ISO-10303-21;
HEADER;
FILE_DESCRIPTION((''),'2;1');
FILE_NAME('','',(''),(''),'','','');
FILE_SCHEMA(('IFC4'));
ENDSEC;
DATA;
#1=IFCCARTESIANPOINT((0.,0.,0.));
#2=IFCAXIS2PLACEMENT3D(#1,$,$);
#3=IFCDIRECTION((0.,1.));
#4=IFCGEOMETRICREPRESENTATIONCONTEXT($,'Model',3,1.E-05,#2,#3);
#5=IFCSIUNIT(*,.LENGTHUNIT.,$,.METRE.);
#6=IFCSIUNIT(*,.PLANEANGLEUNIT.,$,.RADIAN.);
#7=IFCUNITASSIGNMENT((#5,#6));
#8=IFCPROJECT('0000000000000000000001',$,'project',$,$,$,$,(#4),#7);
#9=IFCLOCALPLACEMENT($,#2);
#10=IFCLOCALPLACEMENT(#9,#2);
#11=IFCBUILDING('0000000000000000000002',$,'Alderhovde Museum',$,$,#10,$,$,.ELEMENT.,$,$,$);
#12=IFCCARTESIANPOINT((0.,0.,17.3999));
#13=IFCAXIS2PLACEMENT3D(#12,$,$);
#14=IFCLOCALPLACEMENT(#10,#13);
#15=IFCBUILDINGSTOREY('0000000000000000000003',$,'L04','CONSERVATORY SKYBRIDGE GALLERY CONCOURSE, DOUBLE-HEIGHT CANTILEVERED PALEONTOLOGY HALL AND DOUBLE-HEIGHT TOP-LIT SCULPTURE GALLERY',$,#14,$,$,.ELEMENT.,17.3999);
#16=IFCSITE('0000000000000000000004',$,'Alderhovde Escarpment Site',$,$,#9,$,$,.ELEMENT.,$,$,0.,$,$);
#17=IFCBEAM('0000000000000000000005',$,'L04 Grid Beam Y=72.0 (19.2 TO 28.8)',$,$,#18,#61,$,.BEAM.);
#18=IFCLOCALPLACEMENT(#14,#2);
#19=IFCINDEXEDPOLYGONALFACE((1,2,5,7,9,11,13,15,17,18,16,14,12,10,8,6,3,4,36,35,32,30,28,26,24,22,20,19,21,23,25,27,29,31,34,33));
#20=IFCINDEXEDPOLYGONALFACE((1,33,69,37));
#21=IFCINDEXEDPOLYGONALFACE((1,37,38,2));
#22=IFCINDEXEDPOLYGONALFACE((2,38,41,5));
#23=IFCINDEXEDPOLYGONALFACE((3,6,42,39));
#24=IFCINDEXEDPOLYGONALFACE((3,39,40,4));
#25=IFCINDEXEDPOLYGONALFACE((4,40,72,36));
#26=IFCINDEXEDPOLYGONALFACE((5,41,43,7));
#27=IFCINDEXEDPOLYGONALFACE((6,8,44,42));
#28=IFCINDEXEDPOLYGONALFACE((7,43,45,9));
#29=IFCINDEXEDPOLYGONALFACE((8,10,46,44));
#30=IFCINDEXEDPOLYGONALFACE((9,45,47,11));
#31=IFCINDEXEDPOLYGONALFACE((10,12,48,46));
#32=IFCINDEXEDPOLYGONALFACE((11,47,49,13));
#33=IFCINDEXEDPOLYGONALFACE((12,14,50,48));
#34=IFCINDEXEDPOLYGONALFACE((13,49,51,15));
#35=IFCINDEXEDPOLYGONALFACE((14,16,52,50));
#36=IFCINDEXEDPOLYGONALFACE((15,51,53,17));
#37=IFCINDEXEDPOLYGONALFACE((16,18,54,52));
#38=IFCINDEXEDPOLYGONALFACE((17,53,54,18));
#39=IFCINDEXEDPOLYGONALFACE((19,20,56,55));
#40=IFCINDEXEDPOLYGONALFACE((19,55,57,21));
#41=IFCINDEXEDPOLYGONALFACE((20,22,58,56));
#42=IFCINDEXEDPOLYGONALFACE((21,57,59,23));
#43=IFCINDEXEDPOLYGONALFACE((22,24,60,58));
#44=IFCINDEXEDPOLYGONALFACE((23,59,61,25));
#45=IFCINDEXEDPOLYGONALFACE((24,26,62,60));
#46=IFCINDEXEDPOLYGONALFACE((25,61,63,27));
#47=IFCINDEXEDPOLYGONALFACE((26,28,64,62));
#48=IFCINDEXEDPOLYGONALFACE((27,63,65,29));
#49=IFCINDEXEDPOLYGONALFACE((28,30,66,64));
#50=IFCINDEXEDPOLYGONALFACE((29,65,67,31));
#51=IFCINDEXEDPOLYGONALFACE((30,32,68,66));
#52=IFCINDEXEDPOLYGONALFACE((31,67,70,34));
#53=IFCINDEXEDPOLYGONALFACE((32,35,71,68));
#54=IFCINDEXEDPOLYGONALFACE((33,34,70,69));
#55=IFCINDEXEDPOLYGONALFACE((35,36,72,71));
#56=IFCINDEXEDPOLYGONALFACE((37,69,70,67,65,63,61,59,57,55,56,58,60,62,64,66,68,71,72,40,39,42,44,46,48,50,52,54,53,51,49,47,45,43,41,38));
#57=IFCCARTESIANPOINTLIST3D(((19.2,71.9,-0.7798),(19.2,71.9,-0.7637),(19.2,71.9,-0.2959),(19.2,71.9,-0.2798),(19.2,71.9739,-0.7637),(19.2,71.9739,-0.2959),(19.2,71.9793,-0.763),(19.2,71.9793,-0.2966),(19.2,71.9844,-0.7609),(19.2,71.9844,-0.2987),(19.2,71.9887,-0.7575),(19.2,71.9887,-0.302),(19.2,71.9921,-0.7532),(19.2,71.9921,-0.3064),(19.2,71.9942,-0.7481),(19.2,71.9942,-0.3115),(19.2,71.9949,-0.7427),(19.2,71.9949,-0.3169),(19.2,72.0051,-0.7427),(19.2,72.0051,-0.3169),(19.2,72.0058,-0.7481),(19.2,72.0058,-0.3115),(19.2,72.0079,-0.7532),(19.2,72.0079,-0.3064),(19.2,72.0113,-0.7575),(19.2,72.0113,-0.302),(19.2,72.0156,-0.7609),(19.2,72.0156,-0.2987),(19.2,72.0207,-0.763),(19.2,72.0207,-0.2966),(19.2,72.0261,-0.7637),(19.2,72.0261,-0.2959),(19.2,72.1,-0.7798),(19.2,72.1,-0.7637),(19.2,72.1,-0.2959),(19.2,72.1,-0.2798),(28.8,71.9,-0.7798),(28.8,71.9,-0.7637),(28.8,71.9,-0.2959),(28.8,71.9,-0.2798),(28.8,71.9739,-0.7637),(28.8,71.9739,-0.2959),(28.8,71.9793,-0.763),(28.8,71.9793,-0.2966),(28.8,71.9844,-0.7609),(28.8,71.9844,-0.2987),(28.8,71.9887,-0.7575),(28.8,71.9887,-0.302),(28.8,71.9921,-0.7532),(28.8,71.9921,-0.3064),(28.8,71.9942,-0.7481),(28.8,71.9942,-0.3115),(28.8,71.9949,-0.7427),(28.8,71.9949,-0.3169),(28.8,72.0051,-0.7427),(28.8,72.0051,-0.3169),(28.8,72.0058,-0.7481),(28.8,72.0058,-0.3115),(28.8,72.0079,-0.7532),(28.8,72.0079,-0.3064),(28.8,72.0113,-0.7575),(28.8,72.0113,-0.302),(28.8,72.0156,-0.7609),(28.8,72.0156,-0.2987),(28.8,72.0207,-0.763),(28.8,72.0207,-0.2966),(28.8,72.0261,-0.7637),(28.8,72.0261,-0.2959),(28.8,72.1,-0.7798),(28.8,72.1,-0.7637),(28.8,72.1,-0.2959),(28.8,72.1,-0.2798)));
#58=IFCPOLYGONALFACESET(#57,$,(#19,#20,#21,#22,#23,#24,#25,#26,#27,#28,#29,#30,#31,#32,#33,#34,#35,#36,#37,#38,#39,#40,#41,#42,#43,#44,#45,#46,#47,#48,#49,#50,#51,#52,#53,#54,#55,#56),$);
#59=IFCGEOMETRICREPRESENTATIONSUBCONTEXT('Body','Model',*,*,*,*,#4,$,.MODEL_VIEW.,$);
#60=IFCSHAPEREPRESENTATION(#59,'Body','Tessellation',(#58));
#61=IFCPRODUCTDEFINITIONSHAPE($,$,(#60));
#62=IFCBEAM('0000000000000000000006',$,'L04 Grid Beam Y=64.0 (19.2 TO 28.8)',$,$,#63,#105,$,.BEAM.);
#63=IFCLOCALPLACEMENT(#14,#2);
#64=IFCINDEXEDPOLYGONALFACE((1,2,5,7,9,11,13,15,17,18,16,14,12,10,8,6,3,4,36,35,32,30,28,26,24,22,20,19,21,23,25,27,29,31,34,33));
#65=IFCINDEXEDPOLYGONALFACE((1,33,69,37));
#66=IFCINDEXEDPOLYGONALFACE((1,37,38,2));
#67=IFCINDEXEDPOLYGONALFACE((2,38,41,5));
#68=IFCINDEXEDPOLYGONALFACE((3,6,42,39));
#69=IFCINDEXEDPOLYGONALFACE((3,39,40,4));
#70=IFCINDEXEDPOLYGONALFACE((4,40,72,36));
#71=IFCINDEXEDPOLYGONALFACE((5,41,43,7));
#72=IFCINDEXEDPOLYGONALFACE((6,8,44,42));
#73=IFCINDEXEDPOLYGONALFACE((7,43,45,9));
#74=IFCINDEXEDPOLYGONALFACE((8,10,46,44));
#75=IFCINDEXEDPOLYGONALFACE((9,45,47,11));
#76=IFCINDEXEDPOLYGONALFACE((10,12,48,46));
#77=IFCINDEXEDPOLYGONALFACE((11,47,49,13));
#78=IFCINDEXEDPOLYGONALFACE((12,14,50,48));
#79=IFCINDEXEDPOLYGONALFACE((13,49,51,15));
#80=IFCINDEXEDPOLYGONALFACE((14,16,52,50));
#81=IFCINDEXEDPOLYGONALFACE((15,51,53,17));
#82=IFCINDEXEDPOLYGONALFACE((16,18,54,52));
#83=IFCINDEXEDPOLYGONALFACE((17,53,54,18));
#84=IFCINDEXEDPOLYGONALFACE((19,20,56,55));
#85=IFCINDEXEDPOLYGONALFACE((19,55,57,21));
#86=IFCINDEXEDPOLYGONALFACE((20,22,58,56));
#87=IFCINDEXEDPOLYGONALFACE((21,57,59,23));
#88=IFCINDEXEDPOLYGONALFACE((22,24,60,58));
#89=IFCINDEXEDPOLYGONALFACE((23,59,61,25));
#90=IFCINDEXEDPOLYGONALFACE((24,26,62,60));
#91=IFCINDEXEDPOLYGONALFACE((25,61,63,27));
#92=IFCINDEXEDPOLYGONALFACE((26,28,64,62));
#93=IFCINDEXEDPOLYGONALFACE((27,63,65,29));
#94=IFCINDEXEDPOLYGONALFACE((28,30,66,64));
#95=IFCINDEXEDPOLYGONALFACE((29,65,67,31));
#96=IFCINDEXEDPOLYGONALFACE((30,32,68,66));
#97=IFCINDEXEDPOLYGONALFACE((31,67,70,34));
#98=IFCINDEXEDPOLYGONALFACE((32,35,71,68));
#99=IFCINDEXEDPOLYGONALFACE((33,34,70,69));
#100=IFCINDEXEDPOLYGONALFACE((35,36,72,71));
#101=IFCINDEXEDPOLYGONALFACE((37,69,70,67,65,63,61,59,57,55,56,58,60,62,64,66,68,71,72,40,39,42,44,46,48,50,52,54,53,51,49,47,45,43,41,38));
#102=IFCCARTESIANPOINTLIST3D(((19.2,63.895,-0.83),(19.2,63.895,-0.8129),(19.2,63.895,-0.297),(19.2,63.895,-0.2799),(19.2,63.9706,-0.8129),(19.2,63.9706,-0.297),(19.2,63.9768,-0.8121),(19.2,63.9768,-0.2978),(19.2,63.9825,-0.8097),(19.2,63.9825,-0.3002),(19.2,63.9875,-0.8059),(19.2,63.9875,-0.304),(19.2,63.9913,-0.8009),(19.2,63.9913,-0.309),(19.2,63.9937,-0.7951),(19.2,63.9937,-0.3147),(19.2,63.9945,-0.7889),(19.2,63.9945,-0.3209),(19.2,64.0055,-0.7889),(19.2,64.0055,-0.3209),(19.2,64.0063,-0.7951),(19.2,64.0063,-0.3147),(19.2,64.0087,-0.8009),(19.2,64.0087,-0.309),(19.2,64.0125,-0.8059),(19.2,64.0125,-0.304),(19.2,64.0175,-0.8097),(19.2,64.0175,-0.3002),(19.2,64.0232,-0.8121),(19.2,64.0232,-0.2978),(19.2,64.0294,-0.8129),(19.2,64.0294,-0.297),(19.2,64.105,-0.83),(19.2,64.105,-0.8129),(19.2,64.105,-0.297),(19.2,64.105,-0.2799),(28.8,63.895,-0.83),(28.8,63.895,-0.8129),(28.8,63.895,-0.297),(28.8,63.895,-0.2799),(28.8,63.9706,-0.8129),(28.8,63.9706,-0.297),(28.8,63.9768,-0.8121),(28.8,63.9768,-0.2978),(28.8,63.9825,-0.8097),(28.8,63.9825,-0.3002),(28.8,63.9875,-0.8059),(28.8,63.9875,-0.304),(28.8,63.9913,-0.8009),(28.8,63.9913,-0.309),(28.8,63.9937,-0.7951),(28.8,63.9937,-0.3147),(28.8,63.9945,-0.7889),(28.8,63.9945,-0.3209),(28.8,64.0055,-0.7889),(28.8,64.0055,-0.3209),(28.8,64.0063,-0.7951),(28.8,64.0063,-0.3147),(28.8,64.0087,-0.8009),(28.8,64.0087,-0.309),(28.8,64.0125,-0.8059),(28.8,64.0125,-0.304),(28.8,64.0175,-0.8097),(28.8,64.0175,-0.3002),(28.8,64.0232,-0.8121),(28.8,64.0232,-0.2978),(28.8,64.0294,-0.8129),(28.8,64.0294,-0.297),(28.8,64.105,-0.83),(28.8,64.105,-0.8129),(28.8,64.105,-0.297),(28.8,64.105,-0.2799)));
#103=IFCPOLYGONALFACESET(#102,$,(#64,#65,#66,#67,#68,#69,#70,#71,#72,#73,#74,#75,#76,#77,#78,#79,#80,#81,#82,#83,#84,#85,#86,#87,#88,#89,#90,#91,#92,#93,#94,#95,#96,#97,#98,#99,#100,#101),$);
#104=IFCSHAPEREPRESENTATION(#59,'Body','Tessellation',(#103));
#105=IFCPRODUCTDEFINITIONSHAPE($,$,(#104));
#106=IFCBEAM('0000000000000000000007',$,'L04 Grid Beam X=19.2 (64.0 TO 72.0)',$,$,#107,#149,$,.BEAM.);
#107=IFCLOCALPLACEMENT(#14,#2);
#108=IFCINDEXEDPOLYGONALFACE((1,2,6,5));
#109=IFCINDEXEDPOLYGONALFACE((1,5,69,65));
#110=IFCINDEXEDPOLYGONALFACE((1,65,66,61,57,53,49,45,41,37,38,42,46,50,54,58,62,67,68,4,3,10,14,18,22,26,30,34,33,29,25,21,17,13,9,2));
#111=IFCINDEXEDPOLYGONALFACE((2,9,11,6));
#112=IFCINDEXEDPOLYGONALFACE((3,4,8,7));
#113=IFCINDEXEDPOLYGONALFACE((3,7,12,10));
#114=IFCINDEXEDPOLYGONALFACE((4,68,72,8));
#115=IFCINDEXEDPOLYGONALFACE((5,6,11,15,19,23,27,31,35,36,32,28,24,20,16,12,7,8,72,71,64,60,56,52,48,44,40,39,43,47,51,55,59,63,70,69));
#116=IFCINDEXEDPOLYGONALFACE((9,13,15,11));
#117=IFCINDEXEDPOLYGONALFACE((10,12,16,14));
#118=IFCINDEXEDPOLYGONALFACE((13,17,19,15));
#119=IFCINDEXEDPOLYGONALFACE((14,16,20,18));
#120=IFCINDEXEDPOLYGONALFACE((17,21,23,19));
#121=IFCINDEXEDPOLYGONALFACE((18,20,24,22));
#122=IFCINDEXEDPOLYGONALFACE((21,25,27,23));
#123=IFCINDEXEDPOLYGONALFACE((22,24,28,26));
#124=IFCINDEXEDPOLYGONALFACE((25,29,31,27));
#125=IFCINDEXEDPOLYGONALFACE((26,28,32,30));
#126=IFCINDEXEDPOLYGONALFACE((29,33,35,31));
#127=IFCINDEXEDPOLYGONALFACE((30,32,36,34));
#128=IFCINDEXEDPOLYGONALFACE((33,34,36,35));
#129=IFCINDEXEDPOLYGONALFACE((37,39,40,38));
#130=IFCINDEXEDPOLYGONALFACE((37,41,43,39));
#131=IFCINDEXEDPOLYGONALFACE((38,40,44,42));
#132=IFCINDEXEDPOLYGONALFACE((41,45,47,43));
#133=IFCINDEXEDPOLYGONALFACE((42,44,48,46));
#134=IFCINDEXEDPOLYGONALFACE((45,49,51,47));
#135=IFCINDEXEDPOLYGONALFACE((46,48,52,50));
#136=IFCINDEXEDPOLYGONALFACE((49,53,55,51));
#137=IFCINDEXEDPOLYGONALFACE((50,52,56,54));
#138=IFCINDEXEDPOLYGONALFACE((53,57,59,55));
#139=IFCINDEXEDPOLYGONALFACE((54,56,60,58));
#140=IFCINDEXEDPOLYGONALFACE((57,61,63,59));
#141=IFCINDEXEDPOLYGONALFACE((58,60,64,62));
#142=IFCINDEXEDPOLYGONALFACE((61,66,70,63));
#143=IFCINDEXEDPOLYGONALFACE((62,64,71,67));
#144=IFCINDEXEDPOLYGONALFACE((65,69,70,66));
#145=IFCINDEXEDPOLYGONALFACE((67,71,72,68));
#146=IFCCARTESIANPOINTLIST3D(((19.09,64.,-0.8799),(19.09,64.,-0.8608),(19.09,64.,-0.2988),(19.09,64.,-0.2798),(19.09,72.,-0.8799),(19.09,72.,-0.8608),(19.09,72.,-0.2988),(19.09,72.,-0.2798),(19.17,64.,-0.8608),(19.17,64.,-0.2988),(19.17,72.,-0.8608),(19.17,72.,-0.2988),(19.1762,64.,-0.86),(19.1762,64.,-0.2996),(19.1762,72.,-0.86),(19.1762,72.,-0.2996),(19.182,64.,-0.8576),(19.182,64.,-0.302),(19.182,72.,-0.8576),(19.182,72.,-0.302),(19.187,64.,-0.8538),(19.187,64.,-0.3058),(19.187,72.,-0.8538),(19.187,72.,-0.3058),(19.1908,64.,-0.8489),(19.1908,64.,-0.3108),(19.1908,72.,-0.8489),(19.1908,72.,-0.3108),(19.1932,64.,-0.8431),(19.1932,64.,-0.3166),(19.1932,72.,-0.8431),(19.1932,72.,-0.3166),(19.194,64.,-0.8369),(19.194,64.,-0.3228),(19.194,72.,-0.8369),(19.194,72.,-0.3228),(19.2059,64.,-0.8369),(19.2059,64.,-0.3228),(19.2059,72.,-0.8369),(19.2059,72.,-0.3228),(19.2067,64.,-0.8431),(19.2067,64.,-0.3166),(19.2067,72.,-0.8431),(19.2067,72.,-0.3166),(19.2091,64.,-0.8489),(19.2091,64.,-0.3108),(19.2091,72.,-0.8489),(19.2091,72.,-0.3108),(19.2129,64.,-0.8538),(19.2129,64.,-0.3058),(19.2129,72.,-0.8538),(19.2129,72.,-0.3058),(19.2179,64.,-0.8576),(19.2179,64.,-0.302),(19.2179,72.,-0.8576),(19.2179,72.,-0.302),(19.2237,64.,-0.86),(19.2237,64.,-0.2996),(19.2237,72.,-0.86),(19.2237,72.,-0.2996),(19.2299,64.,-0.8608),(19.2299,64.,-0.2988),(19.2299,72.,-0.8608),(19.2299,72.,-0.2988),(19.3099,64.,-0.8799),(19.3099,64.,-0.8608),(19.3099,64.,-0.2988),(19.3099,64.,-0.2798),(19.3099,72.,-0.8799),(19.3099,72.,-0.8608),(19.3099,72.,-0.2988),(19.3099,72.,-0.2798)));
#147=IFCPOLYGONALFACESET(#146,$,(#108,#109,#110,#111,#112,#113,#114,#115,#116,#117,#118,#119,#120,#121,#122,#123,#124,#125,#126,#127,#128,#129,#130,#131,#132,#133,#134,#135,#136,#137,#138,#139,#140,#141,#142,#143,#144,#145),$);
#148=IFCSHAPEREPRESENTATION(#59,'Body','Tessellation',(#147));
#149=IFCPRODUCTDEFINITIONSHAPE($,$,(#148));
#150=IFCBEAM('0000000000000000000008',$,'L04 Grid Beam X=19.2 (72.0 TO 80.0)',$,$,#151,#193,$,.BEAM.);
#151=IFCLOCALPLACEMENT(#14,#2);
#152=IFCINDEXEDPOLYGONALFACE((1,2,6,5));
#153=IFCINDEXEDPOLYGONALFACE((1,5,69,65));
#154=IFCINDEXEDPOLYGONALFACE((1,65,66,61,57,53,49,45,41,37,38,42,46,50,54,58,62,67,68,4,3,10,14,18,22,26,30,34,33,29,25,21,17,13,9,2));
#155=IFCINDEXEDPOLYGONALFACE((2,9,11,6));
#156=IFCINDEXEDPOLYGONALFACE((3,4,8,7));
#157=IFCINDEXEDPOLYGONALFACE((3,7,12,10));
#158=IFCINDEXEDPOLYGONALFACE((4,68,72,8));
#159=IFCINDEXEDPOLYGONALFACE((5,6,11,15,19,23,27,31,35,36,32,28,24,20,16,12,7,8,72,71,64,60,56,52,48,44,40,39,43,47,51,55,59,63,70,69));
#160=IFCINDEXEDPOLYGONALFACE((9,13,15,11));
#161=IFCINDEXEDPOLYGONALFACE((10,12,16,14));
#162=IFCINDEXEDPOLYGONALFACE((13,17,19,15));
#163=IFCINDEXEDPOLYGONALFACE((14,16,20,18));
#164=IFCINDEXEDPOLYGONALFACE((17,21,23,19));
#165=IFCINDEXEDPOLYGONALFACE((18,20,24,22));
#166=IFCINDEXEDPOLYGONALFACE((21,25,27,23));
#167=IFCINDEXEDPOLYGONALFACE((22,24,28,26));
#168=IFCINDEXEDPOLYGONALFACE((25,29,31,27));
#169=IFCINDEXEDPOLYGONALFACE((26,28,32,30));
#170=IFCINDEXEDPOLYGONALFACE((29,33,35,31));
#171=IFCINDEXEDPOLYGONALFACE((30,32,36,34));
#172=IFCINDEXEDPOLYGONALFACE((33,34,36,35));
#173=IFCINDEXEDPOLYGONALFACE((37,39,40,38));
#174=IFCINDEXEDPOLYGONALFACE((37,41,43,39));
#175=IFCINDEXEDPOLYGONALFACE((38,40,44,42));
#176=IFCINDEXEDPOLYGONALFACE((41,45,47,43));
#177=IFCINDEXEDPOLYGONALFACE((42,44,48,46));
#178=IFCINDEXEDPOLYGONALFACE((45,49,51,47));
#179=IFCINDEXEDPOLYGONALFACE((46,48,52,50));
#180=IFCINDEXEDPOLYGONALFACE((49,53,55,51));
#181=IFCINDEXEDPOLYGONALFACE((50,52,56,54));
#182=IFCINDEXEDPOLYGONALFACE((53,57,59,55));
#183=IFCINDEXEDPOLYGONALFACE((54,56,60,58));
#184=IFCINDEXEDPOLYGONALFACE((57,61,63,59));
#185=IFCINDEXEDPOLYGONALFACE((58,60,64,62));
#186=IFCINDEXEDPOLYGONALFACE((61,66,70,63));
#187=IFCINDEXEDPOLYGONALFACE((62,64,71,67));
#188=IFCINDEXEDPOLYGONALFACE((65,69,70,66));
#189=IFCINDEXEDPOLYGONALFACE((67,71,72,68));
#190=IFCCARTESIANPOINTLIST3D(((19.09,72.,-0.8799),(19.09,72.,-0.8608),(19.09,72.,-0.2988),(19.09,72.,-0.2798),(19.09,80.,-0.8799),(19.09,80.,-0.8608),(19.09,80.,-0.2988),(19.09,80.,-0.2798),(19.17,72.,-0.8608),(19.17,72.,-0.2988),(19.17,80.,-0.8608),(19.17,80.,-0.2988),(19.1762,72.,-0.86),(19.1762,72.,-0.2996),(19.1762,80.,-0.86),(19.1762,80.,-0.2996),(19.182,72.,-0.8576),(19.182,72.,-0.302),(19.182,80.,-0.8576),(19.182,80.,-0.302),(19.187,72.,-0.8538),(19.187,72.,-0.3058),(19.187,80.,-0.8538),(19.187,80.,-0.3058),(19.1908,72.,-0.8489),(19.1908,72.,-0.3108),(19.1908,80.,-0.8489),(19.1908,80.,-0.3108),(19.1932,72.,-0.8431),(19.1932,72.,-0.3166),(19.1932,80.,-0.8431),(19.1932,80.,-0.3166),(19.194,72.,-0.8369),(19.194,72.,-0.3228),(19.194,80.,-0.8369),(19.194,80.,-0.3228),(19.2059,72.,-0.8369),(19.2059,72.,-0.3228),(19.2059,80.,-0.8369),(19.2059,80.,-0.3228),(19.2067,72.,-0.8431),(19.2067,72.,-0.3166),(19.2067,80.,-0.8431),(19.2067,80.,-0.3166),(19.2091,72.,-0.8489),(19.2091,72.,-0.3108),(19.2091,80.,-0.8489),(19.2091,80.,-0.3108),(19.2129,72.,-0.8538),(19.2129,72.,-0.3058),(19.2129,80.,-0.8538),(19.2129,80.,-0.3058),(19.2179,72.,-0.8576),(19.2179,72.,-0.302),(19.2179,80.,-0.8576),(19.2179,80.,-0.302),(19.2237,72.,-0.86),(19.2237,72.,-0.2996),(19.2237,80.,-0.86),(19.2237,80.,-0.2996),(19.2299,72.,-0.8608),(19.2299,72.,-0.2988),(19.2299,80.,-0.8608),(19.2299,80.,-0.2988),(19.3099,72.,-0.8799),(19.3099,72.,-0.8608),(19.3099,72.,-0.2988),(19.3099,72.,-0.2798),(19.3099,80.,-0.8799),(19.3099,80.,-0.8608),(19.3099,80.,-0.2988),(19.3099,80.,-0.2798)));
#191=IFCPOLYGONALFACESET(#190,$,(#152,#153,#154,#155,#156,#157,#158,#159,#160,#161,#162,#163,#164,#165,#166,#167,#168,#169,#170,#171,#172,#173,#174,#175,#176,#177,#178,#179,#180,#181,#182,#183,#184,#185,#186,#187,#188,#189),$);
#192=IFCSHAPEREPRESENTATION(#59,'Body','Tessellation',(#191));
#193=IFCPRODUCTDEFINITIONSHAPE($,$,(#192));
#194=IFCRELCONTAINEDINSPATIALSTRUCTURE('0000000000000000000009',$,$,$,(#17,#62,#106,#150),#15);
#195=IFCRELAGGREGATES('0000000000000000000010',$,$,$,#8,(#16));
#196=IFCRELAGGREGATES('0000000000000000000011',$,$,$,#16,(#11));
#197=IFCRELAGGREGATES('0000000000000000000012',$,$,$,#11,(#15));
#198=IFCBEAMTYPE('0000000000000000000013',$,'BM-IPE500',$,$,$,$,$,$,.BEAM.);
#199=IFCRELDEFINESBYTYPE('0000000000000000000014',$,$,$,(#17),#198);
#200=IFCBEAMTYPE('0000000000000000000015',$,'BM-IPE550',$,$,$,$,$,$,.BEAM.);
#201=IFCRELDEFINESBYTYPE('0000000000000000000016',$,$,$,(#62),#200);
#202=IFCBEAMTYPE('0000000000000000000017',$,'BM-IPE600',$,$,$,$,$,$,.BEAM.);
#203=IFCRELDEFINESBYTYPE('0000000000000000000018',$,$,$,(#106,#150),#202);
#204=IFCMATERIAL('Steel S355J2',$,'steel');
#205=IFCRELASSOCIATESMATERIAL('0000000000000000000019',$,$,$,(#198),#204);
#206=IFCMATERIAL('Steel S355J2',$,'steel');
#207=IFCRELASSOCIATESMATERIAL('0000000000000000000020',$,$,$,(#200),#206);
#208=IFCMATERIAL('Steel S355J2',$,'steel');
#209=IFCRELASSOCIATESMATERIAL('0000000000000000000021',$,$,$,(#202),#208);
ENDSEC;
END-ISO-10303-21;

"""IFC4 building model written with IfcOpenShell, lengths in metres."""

from ifc_helpers import new_model, si_unit, direction, frame, origin, origin_2d, place, context, subcontext, project, spatial, i_section, extrude, material, material_profile, profile_set, type_object, element, save


model = new_model("IFC4")

# Units and contexts
model_context = context("Model", 3, precision=1e-05, world=origin(), true_north=direction((0.0, 1.0)))
body_context = subcontext(model_context, "Body", "Model", "MODEL_VIEW")
ifc_project = project(units=[si_unit("LENGTHUNIT", "METRE"), si_unit("PLANEANGLEUNIT", "RADIAN")], contexts=[model_context])

# Site, building, storey
site_placement = place(None, origin())
site = spatial("IfcSite", under=ifc_project, at=site_placement, Name="Alderhovde Escarpment Site", CompositionType="ELEMENT", RefElevation=0.0)
building_placement = place(site_placement, origin())
building = spatial("IfcBuilding", under=site, at=building_placement, Name="Alderhovde Museum", CompositionType="ELEMENT")
storey_placement = place(building_placement, frame((0.0, 0.0, 17.3999)))
storey = spatial("IfcBuildingStorey", under=building, at=storey_placement, Name="L04", Description="CONSERVATORY SKYBRIDGE GALLERY CONCOURSE, DOUBLE-HEIGHT CANTILEVERED PALEONTOLOGY HALL AND DOUBLE-HEIGHT TOP-LIT SCULPTURE GALLERY", CompositionType="ELEMENT", Elevation=17.3999)

# Beams
ifc_material_1 = material(Name="Steel S355J2", Category="steel")
ifc_material_profile_1 = material_profile(ifc_material_1, i_section(OverallWidth=0.2, OverallDepth=0.5, WebThickness=0.0103, FlangeThickness=0.0161, FilletRadius=0.021, at=origin_2d()), Name="IPE 500")
ifc_profile_set_1 = profile_set([ifc_material_profile_1], Name="Steel S355J2")
beam_type_1 = type_object("IfcBeamType", Name="BM-IPE500", PredefinedType="BEAM", material=ifc_profile_set_1)
beam_1_placement = place(storey_placement, frame((19.2, 72.0, -0.5298), z_axis=(1.0, 0.0, 0.0), x_axis=(0.0, 1.0, 0.0)))
element("IfcBeam", 1, at=beam_1_placement, inside=storey, type_object=beam_type_1, Name="L04 Grid Beam Y=72.0 (19.2 TO 28.8)", PredefinedType="BEAM", context=body_context, shape_type="SweptSolid", body=[
    extrude(i_section(OverallWidth=0.2, OverallDepth=0.5, WebThickness=0.0103, FlangeThickness=0.0161, FilletRadius=0.021, at=origin_2d()), origin(), (0.0, 0.0, 1.0), 9.6001),
])
ifc_material_2 = material(Name="Steel S355J2", Category="steel")
ifc_material_profile_2 = material_profile(ifc_material_2, i_section(OverallWidth=0.21, OverallDepth=0.55, WebThickness=0.011, FlangeThickness=0.0171, FilletRadius=0.0239, at=origin_2d()), Name="IPE 550")
ifc_profile_set_2 = profile_set([ifc_material_profile_2], Name="Steel S355J2")
beam_type_2 = type_object("IfcBeamType", Name="BM-IPE550", PredefinedType="BEAM", material=ifc_profile_set_2)
beam_2_placement = place(storey_placement, frame((19.2, 64.0, -0.5549), z_axis=(1.0, 0.0, 0.0), x_axis=(0.0, 1.0, 0.0)))
element("IfcBeam", 2, at=beam_2_placement, inside=storey, type_object=beam_type_2, Name="L04 Grid Beam Y=64.0 (19.2 TO 28.8)", PredefinedType="BEAM", context=body_context, shape_type="SweptSolid", body=[
    extrude(i_section(OverallWidth=0.21, OverallDepth=0.55, WebThickness=0.011, FlangeThickness=0.0171, FilletRadius=0.0239, at=origin_2d()), origin(), (0.0, 0.0, 1.0), 9.6001),
])
ifc_material_3 = material(Name="Steel S355J2", Category="steel")
ifc_material_profile_3 = material_profile(ifc_material_3, i_section(OverallWidth=0.22, OverallDepth=0.6001, WebThickness=0.012, FlangeThickness=0.019, FilletRadius=0.0239, at=origin_2d()), Name="IPE 600")
ifc_profile_set_3 = profile_set([ifc_material_profile_3], Name="Steel S355J2")
beam_type_3 = type_object("IfcBeamType", Name="BM-IPE600", PredefinedType="BEAM", material=ifc_profile_set_3)
for number, where, z_axis, x_axis, name in (
    (3, (19.2, 64.0, -0.5798), (0.0, 1.0, 0.0), (-1.0, 0.0, 0.0), "L04 Grid Beam X=19.2 (64.0 TO 72.0)"),
    (4, (19.2, 72.0, -0.5798), (0.0, 1.0, 0.0), (-1.0, 0.0, 0.0), "L04 Grid Beam X=19.2 (72.0 TO 80.0)"),
):
    element("IfcBeam", number, at=place(storey_placement, frame(where, z_axis=z_axis, x_axis=x_axis)), inside=storey, type_object=beam_type_3, Name=name, PredefinedType="BEAM", context=body_context, shape_type="SweptSolid", body=[
        extrude(i_section(OverallWidth=0.22, OverallDepth=0.6001, WebThickness=0.012, FlangeThickness=0.019, FilletRadius=0.0239, at=origin_2d()), origin(), (0.0, 0.0, 1.0), 8.0),
    ])

save(model, "model.ifc")
